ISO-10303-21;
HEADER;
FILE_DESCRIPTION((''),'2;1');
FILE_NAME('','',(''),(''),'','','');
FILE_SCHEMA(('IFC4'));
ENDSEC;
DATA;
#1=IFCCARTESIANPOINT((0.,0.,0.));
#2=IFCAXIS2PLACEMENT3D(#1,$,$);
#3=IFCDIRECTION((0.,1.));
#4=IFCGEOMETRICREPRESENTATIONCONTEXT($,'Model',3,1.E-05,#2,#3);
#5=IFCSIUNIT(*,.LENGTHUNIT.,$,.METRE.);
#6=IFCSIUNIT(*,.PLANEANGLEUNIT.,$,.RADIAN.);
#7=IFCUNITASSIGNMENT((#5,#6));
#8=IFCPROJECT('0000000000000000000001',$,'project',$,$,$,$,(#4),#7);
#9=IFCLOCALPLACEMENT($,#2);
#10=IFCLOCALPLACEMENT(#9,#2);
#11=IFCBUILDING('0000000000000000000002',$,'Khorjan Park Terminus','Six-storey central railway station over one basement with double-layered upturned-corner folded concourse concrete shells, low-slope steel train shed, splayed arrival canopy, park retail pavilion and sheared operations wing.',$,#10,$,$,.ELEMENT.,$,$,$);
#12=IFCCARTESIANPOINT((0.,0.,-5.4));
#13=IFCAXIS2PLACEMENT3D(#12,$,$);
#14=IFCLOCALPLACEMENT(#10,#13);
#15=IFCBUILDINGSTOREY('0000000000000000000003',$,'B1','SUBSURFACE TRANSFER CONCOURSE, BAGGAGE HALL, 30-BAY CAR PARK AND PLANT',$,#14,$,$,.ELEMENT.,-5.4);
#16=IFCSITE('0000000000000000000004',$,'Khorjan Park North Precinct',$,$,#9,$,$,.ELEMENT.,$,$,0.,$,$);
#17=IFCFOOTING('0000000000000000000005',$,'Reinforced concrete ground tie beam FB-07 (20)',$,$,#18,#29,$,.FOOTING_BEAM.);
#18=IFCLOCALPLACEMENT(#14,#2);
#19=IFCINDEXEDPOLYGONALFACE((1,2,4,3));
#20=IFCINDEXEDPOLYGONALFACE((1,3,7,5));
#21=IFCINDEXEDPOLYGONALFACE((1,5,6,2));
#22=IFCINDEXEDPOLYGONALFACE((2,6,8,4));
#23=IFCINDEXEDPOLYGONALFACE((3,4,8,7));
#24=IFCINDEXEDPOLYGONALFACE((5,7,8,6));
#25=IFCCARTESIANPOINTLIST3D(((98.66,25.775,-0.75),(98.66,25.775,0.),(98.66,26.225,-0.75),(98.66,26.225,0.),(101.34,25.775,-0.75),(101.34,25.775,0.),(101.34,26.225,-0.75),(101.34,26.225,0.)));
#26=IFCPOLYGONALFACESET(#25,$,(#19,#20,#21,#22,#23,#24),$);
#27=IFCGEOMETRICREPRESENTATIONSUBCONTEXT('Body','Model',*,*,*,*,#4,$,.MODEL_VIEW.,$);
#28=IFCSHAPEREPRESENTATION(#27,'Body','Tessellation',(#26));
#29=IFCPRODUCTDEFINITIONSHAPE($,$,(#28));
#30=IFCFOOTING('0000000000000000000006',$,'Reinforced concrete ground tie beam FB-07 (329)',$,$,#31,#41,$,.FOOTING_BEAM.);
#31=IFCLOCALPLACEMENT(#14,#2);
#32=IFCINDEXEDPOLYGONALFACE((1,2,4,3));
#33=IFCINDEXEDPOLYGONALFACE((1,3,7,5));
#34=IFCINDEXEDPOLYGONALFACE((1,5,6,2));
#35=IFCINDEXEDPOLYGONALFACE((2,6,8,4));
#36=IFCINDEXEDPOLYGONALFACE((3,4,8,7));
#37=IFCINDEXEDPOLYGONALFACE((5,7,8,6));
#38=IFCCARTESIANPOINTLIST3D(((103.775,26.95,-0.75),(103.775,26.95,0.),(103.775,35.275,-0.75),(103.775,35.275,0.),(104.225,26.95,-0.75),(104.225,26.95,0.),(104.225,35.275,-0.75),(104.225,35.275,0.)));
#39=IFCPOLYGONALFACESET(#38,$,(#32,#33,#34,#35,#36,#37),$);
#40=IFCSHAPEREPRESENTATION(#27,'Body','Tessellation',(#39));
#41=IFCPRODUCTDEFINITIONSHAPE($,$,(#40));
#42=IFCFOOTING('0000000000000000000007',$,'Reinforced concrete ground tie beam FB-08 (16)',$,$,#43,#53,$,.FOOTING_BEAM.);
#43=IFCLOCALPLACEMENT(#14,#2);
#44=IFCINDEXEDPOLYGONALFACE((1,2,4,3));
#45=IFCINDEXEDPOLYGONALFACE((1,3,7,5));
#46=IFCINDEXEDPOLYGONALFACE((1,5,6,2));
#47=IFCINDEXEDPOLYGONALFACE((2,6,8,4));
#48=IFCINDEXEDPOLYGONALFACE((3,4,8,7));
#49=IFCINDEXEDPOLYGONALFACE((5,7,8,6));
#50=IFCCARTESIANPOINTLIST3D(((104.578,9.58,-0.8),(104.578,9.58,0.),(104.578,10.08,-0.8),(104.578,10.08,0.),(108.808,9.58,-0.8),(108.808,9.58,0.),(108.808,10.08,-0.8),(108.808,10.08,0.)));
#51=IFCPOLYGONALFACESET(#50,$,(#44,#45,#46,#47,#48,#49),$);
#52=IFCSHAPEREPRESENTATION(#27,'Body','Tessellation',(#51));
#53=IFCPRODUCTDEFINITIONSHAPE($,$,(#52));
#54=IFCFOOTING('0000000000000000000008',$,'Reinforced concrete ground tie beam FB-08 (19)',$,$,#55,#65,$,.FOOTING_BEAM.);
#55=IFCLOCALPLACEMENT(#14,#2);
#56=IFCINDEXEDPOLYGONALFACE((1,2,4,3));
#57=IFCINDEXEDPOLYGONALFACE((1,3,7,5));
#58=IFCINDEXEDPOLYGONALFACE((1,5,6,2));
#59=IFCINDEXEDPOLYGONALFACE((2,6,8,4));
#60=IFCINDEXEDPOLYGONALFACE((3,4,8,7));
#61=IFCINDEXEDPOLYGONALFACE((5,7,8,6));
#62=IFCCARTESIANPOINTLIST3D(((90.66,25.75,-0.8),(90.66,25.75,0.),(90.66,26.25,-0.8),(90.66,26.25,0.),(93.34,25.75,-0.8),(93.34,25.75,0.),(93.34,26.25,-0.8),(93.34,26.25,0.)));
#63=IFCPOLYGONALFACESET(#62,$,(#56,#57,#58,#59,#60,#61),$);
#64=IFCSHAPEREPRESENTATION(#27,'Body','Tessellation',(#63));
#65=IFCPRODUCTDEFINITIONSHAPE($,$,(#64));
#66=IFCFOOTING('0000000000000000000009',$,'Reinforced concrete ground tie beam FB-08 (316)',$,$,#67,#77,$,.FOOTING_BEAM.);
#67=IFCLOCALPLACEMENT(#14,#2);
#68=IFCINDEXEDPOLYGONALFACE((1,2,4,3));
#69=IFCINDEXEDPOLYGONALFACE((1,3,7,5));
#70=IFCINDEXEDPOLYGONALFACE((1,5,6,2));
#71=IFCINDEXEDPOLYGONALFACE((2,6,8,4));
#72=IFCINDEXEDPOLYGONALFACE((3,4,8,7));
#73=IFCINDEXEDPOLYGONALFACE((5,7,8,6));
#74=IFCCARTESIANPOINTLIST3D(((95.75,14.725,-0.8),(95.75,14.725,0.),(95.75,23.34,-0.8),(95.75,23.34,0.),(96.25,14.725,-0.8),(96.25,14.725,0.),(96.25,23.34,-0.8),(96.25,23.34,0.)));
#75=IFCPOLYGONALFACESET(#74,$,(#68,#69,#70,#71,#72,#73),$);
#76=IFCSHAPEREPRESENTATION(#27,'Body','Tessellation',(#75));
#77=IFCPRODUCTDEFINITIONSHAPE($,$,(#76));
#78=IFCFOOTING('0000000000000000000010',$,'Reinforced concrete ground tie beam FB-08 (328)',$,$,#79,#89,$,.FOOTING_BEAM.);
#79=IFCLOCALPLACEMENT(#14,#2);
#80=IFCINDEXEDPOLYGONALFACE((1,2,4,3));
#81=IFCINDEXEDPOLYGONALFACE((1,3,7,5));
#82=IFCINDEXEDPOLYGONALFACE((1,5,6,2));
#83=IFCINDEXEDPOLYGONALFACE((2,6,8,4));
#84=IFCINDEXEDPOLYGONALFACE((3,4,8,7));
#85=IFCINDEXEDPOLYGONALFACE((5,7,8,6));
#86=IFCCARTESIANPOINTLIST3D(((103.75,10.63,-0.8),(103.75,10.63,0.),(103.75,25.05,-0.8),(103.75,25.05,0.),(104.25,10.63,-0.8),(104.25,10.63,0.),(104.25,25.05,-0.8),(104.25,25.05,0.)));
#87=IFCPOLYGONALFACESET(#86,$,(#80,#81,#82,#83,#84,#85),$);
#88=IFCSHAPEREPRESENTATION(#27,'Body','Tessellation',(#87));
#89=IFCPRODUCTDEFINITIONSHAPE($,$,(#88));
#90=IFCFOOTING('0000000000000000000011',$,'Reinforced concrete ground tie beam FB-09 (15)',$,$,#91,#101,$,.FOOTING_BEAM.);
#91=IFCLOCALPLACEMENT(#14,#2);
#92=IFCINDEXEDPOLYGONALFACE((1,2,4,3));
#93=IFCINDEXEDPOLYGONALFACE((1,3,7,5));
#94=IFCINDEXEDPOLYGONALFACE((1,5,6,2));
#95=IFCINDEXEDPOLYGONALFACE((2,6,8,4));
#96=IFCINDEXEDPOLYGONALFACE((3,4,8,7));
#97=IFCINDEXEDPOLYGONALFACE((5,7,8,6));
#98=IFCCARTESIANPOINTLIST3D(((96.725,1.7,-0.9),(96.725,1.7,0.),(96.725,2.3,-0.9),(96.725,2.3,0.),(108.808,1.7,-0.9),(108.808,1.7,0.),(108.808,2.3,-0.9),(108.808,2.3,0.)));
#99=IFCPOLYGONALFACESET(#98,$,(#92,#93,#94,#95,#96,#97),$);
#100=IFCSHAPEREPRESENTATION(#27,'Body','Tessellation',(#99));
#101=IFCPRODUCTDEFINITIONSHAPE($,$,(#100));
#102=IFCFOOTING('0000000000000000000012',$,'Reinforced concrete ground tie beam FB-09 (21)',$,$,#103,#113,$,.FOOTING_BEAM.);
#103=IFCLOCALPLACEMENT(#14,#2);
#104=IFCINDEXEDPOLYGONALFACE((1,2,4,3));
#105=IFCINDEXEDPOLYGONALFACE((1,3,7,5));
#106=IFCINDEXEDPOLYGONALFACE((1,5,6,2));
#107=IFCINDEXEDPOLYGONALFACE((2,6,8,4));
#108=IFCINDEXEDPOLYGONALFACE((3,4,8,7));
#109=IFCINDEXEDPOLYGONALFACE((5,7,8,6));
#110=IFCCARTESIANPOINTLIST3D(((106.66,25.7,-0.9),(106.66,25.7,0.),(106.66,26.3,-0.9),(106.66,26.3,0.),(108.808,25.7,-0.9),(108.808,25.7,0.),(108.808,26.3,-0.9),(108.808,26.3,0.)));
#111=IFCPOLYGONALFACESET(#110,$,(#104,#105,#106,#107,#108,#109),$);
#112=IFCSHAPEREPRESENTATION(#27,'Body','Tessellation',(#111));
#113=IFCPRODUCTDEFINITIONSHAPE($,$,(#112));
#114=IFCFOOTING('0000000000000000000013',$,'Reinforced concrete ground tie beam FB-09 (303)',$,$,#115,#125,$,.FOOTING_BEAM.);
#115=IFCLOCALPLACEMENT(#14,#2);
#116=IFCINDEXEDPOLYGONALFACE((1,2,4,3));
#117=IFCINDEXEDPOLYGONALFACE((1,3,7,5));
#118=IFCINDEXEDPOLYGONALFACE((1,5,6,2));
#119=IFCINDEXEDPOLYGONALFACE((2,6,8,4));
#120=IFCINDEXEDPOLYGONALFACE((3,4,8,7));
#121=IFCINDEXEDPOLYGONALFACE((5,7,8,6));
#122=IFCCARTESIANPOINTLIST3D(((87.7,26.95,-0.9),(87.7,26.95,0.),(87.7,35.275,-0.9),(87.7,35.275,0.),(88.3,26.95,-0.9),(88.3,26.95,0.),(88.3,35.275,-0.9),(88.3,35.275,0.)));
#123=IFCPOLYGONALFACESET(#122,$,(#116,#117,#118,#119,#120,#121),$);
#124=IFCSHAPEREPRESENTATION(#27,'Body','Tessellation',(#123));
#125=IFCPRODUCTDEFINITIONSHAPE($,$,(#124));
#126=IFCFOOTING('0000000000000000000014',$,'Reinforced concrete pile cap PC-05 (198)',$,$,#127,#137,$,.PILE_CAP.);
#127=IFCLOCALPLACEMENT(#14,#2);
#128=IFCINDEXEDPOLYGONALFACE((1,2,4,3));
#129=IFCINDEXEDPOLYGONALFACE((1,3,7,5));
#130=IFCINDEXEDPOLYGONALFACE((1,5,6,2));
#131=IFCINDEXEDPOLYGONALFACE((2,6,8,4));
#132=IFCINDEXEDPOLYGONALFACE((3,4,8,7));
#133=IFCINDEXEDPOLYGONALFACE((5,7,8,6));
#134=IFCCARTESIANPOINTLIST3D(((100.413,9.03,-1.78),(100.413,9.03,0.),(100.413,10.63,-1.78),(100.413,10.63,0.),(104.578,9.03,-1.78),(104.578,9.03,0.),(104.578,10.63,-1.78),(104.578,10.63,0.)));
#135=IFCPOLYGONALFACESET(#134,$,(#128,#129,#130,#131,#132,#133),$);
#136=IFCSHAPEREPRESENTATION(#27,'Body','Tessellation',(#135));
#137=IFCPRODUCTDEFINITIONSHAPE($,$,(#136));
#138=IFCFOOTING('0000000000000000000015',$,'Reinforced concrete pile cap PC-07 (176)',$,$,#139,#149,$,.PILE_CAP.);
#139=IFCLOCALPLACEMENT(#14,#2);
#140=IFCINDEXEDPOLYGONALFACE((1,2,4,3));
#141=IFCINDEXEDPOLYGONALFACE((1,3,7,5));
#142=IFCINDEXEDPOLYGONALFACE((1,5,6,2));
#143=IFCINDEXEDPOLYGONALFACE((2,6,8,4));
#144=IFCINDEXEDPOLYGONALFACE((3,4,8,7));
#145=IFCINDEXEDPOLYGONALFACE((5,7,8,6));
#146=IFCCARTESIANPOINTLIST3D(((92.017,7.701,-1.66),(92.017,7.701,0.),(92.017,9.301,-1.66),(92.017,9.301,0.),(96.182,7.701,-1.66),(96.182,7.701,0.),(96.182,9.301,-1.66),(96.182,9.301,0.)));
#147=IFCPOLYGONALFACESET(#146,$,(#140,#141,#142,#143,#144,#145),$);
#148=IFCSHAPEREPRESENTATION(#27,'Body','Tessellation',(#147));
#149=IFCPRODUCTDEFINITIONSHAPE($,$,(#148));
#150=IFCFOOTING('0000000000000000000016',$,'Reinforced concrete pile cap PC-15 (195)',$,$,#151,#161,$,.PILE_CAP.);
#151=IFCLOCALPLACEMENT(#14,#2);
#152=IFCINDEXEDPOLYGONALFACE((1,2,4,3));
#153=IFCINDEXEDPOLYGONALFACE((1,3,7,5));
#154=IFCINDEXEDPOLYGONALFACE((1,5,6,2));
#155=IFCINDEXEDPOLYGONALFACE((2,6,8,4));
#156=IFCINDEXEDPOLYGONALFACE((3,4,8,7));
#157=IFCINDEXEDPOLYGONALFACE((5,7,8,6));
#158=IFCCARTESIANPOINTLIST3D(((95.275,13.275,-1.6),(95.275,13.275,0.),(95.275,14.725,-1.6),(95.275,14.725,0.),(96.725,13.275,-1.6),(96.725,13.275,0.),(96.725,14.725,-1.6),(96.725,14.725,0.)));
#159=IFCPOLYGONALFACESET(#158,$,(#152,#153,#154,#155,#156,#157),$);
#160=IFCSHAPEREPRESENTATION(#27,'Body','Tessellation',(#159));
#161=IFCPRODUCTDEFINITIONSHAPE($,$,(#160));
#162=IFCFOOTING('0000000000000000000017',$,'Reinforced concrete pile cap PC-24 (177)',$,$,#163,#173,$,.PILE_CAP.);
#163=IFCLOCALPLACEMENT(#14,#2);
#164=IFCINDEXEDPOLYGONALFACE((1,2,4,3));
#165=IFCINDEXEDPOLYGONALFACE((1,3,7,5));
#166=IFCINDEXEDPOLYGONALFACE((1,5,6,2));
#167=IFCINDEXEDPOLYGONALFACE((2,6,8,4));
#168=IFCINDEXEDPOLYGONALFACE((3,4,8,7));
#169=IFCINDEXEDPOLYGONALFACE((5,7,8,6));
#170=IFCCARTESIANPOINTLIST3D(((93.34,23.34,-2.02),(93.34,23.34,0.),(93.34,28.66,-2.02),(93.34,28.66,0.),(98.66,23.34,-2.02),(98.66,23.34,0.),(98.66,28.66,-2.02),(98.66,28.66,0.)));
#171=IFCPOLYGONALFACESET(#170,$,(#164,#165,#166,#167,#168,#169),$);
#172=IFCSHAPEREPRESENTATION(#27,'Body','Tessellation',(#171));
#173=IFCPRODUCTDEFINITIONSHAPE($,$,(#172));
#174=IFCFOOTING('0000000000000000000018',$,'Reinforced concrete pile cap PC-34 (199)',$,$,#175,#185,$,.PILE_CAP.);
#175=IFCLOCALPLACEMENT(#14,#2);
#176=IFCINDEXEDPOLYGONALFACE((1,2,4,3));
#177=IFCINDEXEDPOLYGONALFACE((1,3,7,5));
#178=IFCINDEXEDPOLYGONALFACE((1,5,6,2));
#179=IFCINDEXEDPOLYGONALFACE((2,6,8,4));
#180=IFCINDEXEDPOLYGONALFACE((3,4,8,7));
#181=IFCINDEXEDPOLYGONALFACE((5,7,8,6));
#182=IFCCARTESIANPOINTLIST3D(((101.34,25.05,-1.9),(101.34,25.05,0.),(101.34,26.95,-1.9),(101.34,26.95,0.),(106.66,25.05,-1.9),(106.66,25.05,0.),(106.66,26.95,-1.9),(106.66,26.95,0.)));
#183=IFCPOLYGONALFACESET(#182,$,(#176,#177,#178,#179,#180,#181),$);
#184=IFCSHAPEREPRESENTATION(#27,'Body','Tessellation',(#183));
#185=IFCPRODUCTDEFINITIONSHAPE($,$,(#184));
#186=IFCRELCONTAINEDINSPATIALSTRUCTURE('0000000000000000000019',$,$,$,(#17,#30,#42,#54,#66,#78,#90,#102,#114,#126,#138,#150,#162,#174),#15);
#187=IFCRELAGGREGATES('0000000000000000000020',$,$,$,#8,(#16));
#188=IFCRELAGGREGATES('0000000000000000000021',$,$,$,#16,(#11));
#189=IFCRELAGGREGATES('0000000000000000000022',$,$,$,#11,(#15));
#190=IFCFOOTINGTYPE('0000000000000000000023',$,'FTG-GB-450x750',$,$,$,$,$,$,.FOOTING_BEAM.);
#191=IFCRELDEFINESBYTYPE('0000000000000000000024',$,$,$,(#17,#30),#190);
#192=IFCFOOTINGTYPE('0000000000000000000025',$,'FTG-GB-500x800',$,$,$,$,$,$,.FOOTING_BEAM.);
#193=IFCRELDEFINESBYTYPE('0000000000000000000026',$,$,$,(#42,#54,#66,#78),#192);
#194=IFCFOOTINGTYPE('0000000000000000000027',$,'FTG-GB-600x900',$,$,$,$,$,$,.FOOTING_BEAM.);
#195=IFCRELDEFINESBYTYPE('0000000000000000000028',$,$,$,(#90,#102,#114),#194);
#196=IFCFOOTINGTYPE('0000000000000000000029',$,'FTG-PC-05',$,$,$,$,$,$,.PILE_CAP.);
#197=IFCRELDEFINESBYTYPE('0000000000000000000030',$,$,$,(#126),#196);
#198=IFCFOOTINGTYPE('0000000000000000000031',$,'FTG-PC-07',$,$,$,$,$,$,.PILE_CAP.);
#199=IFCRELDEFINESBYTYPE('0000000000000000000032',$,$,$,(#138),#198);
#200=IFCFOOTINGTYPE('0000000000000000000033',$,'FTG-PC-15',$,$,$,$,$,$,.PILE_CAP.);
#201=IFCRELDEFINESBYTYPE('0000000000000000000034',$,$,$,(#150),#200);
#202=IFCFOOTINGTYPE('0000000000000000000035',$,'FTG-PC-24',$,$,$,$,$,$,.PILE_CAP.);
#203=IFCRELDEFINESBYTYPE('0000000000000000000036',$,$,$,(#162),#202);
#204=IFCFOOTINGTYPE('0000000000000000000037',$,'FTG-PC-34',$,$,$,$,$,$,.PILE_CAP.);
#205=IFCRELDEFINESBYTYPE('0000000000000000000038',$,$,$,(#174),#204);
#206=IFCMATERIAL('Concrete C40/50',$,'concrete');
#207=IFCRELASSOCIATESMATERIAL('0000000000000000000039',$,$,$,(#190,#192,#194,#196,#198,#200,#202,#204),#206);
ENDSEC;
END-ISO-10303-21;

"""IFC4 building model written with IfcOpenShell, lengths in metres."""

from ifc_helpers import new_model, si_unit, direction, frame, origin, origin_2d, place, context, subcontext, project, spatial, rectangle, extrude, material, material_profile, profile_set, type_object, element, save


model = new_model("IFC4")

# Units and contexts
model_context = context("Model", 3, precision=1e-05, world=origin(), true_north=direction((0.0, 1.0)))
body_context = subcontext(model_context, "Body", "Model", "MODEL_VIEW")
ifc_project = project(units=[si_unit("LENGTHUNIT", "METRE"), si_unit("PLANEANGLEUNIT", "RADIAN")], contexts=[model_context])

# Site, building, storey
site_placement = place(None, origin())
site = spatial("IfcSite", under=ifc_project, at=site_placement, Name="Khorjan Park North Precinct", CompositionType="ELEMENT", RefElevation=0.0)
building_placement = place(site_placement, origin())
building = spatial("IfcBuilding", under=site, at=building_placement, Name="Khorjan Park Terminus", Description="Six-storey central railway station over one basement with double-layered upturned-corner folded concourse concrete shells, low-slope steel train shed, splayed arrival canopy, park retail pavilion and sheared operations wing.", CompositionType="ELEMENT")
storey_placement = place(building_placement, frame((0.0, 0.0, -5.4)))
storey = spatial("IfcBuildingStorey", under=building, at=storey_placement, Name="B1", Description="SUBSURFACE TRANSFER CONCOURSE, BAGGAGE HALL, 30-BAY CAR PARK AND PLANT", CompositionType="ELEMENT", Elevation=-5.4)

# Footings
ifc_material_1 = material(Name="Concrete C40/50", Category="concrete")
ifc_material_profile_1 = material_profile(ifc_material_1, rectangle(XDim=0.45, YDim=0.75, at=origin_2d()), Name="RC 450x750")
ifc_profile_set_1 = profile_set([ifc_material_profile_1], Name="Concrete C40/50")
footing_type_1 = type_object("IfcFootingType", Name="FTG-GB-450x750", PredefinedType="FOOTING_BEAM", material=ifc_profile_set_1)
footing_1_placement = place(storey_placement, frame((98.66, 26.0, -0.375), z_axis=(1.0, 0.0, 0.0), x_axis=(0.0, 1.0, 0.0)))
element("IfcFooting", 1, at=footing_1_placement, inside=storey, type_object=footing_type_1, Name="Reinforced concrete ground tie beam FB-07 (20)", PredefinedType="FOOTING_BEAM", context=body_context, shape_type="SweptSolid", body=[
    extrude(rectangle(XDim=0.45, YDim=0.75, at=origin_2d()), origin(), (0.0, 0.0, 1.0), 2.68),
])
footing_2_placement = place(storey_placement, frame((104.0, 26.95, -0.375), z_axis=(0.0, 1.0, 0.0), x_axis=(-1.0, 0.0, 0.0)))
element("IfcFooting", 2, at=footing_2_placement, inside=storey, type_object=footing_type_1, Name="Reinforced concrete ground tie beam FB-07 (329)", PredefinedType="FOOTING_BEAM", context=body_context, shape_type="SweptSolid", body=[
    extrude(rectangle(XDim=0.45, YDim=0.75, at=origin_2d()), origin(), (0.0, 0.0, 1.0), 8.325),
])
ifc_material_profile_2 = material_profile(ifc_material_1, rectangle(XDim=0.5, YDim=0.8, at=origin_2d()), Name="RC 500x800")
ifc_profile_set_2 = profile_set([ifc_material_profile_2], Name="Concrete C40/50")
footing_type_2 = type_object("IfcFootingType", Name="FTG-GB-500x800", PredefinedType="FOOTING_BEAM", material=ifc_profile_set_2)
footing_3_placement = place(storey_placement, frame((104.578, 9.83, -0.4), z_axis=(1.0, 0.0, 0.0), x_axis=(0.0, 1.0, 0.0)))
element("IfcFooting", 3, at=footing_3_placement, inside=storey, type_object=footing_type_2, Name="Reinforced concrete ground tie beam FB-08 (16)", PredefinedType="FOOTING_BEAM", context=body_context, shape_type="SweptSolid", body=[
    extrude(rectangle(XDim=0.5, YDim=0.8, at=origin_2d()), origin(), (0.0, 0.0, 1.0), 4.23),
])
footing_4_placement = place(storey_placement, frame((90.66, 26.0, -0.4), z_axis=(1.0, 0.0, 0.0), x_axis=(0.0, 1.0, 0.0)))
element("IfcFooting", 4, at=footing_4_placement, inside=storey, type_object=footing_type_2, Name="Reinforced concrete ground tie beam FB-08 (19)", PredefinedType="FOOTING_BEAM", context=body_context, shape_type="SweptSolid", body=[
    extrude(rectangle(XDim=0.5, YDim=0.8, at=origin_2d()), origin(), (0.0, 0.0, 1.0), 2.68),
])
footing_5_placement = place(storey_placement, frame((96.0, 14.725, -0.4), z_axis=(0.0, 1.0, 0.0), x_axis=(-1.0, 0.0, 0.0)))
element("IfcFooting", 5, at=footing_5_placement, inside=storey, type_object=footing_type_2, Name="Reinforced concrete ground tie beam FB-08 (316)", PredefinedType="FOOTING_BEAM", context=body_context, shape_type="SweptSolid", body=[
    extrude(rectangle(XDim=0.5, YDim=0.8, at=origin_2d()), origin(), (0.0, 0.0, 1.0), 8.615),
])
footing_6_placement = place(storey_placement, frame((104.0, 10.63, -0.4), z_axis=(0.0, 1.0, 0.0), x_axis=(-1.0, 0.0, 0.0)))
element("IfcFooting", 6, at=footing_6_placement, inside=storey, type_object=footing_type_2, Name="Reinforced concrete ground tie beam FB-08 (328)", PredefinedType="FOOTING_BEAM", context=body_context, shape_type="SweptSolid", body=[
    extrude(rectangle(XDim=0.5, YDim=0.8, at=origin_2d()), origin(), (0.0, 0.0, 1.0), 14.42),
])
ifc_material_profile_3 = material_profile(ifc_material_1, rectangle(XDim=0.6, YDim=0.9, at=origin_2d()), Name="RC 600x900")
ifc_profile_set_3 = profile_set([ifc_material_profile_3], Name="Concrete C40/50")
footing_type_3 = type_object("IfcFootingType", Name="FTG-GB-600x900", PredefinedType="FOOTING_BEAM", material=ifc_profile_set_3)
footing_7_placement = place(storey_placement, frame((96.725, 2.0, -0.45), z_axis=(1.0, 0.0, 0.0), x_axis=(0.0, 1.0, 0.0)))
element("IfcFooting", 7, at=footing_7_placement, inside=storey, type_object=footing_type_3, Name="Reinforced concrete ground tie beam FB-09 (15)", PredefinedType="FOOTING_BEAM", context=body_context, shape_type="SweptSolid", body=[
    extrude(rectangle(XDim=0.6, YDim=0.9, at=origin_2d()), origin(), (0.0, 0.0, 1.0), 12.083),
])
footing_8_placement = place(storey_placement, frame((106.66, 26.0, -0.45), z_axis=(1.0, 0.0, 0.0), x_axis=(0.0, 1.0, 0.0)))
element("IfcFooting", 8, at=footing_8_placement, inside=storey, type_object=footing_type_3, Name="Reinforced concrete ground tie beam FB-09 (21)", PredefinedType="FOOTING_BEAM", context=body_context, shape_type="SweptSolid", body=[
    extrude(rectangle(XDim=0.6, YDim=0.9, at=origin_2d()), origin(), (0.0, 0.0, 1.0), 2.148),
])
footing_9_placement = place(storey_placement, frame((88.0, 26.95, -0.45), z_axis=(0.0, 1.0, 0.0), x_axis=(-1.0, 0.0, 0.0)))
element("IfcFooting", 9, at=footing_9_placement, inside=storey, type_object=footing_type_3, Name="Reinforced concrete ground tie beam FB-09 (303)", PredefinedType="FOOTING_BEAM", context=body_context, shape_type="SweptSolid", body=[
    extrude(rectangle(XDim=0.6, YDim=0.9, at=origin_2d()), origin(), (0.0, 0.0, 1.0), 8.325),
])
footing_type_4 = type_object("IfcFootingType", Name="FTG-PC-05", PredefinedType="PILE_CAP", material=ifc_material_1)
footing_10_placement = place(storey_placement, frame((102.4955, 9.83, -1.78), z_axis=(0.0, 0.0, 1.0), x_axis=(1.0, 0.0, 0.0)))
element("IfcFooting", 10, at=footing_10_placement, inside=storey, type_object=footing_type_4, Name="Reinforced concrete pile cap PC-05 (198)", PredefinedType="PILE_CAP", context=body_context, shape_type="SweptSolid", body=[
    extrude(rectangle(XDim=4.165, YDim=1.6, at=origin_2d()), origin(), (0.0, 0.0, 1.0), 1.78),
])
footing_type_5 = type_object("IfcFootingType", Name="FTG-PC-07", PredefinedType="PILE_CAP", material=ifc_material_1)
footing_11_placement = place(storey_placement, frame((94.0995, 8.501, -1.66), z_axis=(0.0, 0.0, 1.0), x_axis=(1.0, 0.0, 0.0)))
element("IfcFooting", 11, at=footing_11_placement, inside=storey, type_object=footing_type_5, Name="Reinforced concrete pile cap PC-07 (176)", PredefinedType="PILE_CAP", context=body_context, shape_type="SweptSolid", body=[
    extrude(rectangle(XDim=4.165, YDim=1.6, at=origin_2d()), origin(), (0.0, 0.0, 1.0), 1.66),
])
footing_type_6 = type_object("IfcFootingType", Name="FTG-PC-15", PredefinedType="PILE_CAP", material=ifc_material_1)
footing_12_placement = place(storey_placement, frame((96.0, 14.0, -1.6), z_axis=(0.0, 0.0, 1.0), x_axis=(1.0, 0.0, 0.0)))
element("IfcFooting", 12, at=footing_12_placement, inside=storey, type_object=footing_type_6, Name="Reinforced concrete pile cap PC-15 (195)", PredefinedType="PILE_CAP", context=body_context, shape_type="SweptSolid", body=[
    extrude(rectangle(XDim=1.45, YDim=1.45, at=origin_2d()), origin(), (0.0, 0.0, 1.0), 1.6),
])
footing_type_7 = type_object("IfcFootingType", Name="FTG-PC-24", PredefinedType="PILE_CAP", material=ifc_material_1)
footing_13_placement = place(storey_placement, frame((96.0, 26.0, -2.02), z_axis=(0.0, 0.0, 1.0), x_axis=(1.0, 0.0, 0.0)))
element("IfcFooting", 13, at=footing_13_placement, inside=storey, type_object=footing_type_7, Name="Reinforced concrete pile cap PC-24 (177)", PredefinedType="PILE_CAP", context=body_context, shape_type="SweptSolid", body=[
    extrude(rectangle(XDim=5.32, YDim=5.32, at=origin_2d()), origin(), (0.0, 0.0, 1.0), 2.02),
])
footing_type_8 = type_object("IfcFootingType", Name="FTG-PC-34", PredefinedType="PILE_CAP", material=ifc_material_1)
footing_14_placement = place(storey_placement, frame((104.0, 26.0, -1.9), z_axis=(0.0, 0.0, 1.0), x_axis=(1.0, 0.0, 0.0)))
element("IfcFooting", 14, at=footing_14_placement, inside=storey, type_object=footing_type_8, Name="Reinforced concrete pile cap PC-34 (199)", PredefinedType="PILE_CAP", context=body_context, shape_type="SweptSolid", body=[
    extrude(rectangle(XDim=5.32, YDim=1.9, at=origin_2d()), origin(), (0.0, 0.0, 1.0), 1.9),
])

save(model, "model.ifc")
